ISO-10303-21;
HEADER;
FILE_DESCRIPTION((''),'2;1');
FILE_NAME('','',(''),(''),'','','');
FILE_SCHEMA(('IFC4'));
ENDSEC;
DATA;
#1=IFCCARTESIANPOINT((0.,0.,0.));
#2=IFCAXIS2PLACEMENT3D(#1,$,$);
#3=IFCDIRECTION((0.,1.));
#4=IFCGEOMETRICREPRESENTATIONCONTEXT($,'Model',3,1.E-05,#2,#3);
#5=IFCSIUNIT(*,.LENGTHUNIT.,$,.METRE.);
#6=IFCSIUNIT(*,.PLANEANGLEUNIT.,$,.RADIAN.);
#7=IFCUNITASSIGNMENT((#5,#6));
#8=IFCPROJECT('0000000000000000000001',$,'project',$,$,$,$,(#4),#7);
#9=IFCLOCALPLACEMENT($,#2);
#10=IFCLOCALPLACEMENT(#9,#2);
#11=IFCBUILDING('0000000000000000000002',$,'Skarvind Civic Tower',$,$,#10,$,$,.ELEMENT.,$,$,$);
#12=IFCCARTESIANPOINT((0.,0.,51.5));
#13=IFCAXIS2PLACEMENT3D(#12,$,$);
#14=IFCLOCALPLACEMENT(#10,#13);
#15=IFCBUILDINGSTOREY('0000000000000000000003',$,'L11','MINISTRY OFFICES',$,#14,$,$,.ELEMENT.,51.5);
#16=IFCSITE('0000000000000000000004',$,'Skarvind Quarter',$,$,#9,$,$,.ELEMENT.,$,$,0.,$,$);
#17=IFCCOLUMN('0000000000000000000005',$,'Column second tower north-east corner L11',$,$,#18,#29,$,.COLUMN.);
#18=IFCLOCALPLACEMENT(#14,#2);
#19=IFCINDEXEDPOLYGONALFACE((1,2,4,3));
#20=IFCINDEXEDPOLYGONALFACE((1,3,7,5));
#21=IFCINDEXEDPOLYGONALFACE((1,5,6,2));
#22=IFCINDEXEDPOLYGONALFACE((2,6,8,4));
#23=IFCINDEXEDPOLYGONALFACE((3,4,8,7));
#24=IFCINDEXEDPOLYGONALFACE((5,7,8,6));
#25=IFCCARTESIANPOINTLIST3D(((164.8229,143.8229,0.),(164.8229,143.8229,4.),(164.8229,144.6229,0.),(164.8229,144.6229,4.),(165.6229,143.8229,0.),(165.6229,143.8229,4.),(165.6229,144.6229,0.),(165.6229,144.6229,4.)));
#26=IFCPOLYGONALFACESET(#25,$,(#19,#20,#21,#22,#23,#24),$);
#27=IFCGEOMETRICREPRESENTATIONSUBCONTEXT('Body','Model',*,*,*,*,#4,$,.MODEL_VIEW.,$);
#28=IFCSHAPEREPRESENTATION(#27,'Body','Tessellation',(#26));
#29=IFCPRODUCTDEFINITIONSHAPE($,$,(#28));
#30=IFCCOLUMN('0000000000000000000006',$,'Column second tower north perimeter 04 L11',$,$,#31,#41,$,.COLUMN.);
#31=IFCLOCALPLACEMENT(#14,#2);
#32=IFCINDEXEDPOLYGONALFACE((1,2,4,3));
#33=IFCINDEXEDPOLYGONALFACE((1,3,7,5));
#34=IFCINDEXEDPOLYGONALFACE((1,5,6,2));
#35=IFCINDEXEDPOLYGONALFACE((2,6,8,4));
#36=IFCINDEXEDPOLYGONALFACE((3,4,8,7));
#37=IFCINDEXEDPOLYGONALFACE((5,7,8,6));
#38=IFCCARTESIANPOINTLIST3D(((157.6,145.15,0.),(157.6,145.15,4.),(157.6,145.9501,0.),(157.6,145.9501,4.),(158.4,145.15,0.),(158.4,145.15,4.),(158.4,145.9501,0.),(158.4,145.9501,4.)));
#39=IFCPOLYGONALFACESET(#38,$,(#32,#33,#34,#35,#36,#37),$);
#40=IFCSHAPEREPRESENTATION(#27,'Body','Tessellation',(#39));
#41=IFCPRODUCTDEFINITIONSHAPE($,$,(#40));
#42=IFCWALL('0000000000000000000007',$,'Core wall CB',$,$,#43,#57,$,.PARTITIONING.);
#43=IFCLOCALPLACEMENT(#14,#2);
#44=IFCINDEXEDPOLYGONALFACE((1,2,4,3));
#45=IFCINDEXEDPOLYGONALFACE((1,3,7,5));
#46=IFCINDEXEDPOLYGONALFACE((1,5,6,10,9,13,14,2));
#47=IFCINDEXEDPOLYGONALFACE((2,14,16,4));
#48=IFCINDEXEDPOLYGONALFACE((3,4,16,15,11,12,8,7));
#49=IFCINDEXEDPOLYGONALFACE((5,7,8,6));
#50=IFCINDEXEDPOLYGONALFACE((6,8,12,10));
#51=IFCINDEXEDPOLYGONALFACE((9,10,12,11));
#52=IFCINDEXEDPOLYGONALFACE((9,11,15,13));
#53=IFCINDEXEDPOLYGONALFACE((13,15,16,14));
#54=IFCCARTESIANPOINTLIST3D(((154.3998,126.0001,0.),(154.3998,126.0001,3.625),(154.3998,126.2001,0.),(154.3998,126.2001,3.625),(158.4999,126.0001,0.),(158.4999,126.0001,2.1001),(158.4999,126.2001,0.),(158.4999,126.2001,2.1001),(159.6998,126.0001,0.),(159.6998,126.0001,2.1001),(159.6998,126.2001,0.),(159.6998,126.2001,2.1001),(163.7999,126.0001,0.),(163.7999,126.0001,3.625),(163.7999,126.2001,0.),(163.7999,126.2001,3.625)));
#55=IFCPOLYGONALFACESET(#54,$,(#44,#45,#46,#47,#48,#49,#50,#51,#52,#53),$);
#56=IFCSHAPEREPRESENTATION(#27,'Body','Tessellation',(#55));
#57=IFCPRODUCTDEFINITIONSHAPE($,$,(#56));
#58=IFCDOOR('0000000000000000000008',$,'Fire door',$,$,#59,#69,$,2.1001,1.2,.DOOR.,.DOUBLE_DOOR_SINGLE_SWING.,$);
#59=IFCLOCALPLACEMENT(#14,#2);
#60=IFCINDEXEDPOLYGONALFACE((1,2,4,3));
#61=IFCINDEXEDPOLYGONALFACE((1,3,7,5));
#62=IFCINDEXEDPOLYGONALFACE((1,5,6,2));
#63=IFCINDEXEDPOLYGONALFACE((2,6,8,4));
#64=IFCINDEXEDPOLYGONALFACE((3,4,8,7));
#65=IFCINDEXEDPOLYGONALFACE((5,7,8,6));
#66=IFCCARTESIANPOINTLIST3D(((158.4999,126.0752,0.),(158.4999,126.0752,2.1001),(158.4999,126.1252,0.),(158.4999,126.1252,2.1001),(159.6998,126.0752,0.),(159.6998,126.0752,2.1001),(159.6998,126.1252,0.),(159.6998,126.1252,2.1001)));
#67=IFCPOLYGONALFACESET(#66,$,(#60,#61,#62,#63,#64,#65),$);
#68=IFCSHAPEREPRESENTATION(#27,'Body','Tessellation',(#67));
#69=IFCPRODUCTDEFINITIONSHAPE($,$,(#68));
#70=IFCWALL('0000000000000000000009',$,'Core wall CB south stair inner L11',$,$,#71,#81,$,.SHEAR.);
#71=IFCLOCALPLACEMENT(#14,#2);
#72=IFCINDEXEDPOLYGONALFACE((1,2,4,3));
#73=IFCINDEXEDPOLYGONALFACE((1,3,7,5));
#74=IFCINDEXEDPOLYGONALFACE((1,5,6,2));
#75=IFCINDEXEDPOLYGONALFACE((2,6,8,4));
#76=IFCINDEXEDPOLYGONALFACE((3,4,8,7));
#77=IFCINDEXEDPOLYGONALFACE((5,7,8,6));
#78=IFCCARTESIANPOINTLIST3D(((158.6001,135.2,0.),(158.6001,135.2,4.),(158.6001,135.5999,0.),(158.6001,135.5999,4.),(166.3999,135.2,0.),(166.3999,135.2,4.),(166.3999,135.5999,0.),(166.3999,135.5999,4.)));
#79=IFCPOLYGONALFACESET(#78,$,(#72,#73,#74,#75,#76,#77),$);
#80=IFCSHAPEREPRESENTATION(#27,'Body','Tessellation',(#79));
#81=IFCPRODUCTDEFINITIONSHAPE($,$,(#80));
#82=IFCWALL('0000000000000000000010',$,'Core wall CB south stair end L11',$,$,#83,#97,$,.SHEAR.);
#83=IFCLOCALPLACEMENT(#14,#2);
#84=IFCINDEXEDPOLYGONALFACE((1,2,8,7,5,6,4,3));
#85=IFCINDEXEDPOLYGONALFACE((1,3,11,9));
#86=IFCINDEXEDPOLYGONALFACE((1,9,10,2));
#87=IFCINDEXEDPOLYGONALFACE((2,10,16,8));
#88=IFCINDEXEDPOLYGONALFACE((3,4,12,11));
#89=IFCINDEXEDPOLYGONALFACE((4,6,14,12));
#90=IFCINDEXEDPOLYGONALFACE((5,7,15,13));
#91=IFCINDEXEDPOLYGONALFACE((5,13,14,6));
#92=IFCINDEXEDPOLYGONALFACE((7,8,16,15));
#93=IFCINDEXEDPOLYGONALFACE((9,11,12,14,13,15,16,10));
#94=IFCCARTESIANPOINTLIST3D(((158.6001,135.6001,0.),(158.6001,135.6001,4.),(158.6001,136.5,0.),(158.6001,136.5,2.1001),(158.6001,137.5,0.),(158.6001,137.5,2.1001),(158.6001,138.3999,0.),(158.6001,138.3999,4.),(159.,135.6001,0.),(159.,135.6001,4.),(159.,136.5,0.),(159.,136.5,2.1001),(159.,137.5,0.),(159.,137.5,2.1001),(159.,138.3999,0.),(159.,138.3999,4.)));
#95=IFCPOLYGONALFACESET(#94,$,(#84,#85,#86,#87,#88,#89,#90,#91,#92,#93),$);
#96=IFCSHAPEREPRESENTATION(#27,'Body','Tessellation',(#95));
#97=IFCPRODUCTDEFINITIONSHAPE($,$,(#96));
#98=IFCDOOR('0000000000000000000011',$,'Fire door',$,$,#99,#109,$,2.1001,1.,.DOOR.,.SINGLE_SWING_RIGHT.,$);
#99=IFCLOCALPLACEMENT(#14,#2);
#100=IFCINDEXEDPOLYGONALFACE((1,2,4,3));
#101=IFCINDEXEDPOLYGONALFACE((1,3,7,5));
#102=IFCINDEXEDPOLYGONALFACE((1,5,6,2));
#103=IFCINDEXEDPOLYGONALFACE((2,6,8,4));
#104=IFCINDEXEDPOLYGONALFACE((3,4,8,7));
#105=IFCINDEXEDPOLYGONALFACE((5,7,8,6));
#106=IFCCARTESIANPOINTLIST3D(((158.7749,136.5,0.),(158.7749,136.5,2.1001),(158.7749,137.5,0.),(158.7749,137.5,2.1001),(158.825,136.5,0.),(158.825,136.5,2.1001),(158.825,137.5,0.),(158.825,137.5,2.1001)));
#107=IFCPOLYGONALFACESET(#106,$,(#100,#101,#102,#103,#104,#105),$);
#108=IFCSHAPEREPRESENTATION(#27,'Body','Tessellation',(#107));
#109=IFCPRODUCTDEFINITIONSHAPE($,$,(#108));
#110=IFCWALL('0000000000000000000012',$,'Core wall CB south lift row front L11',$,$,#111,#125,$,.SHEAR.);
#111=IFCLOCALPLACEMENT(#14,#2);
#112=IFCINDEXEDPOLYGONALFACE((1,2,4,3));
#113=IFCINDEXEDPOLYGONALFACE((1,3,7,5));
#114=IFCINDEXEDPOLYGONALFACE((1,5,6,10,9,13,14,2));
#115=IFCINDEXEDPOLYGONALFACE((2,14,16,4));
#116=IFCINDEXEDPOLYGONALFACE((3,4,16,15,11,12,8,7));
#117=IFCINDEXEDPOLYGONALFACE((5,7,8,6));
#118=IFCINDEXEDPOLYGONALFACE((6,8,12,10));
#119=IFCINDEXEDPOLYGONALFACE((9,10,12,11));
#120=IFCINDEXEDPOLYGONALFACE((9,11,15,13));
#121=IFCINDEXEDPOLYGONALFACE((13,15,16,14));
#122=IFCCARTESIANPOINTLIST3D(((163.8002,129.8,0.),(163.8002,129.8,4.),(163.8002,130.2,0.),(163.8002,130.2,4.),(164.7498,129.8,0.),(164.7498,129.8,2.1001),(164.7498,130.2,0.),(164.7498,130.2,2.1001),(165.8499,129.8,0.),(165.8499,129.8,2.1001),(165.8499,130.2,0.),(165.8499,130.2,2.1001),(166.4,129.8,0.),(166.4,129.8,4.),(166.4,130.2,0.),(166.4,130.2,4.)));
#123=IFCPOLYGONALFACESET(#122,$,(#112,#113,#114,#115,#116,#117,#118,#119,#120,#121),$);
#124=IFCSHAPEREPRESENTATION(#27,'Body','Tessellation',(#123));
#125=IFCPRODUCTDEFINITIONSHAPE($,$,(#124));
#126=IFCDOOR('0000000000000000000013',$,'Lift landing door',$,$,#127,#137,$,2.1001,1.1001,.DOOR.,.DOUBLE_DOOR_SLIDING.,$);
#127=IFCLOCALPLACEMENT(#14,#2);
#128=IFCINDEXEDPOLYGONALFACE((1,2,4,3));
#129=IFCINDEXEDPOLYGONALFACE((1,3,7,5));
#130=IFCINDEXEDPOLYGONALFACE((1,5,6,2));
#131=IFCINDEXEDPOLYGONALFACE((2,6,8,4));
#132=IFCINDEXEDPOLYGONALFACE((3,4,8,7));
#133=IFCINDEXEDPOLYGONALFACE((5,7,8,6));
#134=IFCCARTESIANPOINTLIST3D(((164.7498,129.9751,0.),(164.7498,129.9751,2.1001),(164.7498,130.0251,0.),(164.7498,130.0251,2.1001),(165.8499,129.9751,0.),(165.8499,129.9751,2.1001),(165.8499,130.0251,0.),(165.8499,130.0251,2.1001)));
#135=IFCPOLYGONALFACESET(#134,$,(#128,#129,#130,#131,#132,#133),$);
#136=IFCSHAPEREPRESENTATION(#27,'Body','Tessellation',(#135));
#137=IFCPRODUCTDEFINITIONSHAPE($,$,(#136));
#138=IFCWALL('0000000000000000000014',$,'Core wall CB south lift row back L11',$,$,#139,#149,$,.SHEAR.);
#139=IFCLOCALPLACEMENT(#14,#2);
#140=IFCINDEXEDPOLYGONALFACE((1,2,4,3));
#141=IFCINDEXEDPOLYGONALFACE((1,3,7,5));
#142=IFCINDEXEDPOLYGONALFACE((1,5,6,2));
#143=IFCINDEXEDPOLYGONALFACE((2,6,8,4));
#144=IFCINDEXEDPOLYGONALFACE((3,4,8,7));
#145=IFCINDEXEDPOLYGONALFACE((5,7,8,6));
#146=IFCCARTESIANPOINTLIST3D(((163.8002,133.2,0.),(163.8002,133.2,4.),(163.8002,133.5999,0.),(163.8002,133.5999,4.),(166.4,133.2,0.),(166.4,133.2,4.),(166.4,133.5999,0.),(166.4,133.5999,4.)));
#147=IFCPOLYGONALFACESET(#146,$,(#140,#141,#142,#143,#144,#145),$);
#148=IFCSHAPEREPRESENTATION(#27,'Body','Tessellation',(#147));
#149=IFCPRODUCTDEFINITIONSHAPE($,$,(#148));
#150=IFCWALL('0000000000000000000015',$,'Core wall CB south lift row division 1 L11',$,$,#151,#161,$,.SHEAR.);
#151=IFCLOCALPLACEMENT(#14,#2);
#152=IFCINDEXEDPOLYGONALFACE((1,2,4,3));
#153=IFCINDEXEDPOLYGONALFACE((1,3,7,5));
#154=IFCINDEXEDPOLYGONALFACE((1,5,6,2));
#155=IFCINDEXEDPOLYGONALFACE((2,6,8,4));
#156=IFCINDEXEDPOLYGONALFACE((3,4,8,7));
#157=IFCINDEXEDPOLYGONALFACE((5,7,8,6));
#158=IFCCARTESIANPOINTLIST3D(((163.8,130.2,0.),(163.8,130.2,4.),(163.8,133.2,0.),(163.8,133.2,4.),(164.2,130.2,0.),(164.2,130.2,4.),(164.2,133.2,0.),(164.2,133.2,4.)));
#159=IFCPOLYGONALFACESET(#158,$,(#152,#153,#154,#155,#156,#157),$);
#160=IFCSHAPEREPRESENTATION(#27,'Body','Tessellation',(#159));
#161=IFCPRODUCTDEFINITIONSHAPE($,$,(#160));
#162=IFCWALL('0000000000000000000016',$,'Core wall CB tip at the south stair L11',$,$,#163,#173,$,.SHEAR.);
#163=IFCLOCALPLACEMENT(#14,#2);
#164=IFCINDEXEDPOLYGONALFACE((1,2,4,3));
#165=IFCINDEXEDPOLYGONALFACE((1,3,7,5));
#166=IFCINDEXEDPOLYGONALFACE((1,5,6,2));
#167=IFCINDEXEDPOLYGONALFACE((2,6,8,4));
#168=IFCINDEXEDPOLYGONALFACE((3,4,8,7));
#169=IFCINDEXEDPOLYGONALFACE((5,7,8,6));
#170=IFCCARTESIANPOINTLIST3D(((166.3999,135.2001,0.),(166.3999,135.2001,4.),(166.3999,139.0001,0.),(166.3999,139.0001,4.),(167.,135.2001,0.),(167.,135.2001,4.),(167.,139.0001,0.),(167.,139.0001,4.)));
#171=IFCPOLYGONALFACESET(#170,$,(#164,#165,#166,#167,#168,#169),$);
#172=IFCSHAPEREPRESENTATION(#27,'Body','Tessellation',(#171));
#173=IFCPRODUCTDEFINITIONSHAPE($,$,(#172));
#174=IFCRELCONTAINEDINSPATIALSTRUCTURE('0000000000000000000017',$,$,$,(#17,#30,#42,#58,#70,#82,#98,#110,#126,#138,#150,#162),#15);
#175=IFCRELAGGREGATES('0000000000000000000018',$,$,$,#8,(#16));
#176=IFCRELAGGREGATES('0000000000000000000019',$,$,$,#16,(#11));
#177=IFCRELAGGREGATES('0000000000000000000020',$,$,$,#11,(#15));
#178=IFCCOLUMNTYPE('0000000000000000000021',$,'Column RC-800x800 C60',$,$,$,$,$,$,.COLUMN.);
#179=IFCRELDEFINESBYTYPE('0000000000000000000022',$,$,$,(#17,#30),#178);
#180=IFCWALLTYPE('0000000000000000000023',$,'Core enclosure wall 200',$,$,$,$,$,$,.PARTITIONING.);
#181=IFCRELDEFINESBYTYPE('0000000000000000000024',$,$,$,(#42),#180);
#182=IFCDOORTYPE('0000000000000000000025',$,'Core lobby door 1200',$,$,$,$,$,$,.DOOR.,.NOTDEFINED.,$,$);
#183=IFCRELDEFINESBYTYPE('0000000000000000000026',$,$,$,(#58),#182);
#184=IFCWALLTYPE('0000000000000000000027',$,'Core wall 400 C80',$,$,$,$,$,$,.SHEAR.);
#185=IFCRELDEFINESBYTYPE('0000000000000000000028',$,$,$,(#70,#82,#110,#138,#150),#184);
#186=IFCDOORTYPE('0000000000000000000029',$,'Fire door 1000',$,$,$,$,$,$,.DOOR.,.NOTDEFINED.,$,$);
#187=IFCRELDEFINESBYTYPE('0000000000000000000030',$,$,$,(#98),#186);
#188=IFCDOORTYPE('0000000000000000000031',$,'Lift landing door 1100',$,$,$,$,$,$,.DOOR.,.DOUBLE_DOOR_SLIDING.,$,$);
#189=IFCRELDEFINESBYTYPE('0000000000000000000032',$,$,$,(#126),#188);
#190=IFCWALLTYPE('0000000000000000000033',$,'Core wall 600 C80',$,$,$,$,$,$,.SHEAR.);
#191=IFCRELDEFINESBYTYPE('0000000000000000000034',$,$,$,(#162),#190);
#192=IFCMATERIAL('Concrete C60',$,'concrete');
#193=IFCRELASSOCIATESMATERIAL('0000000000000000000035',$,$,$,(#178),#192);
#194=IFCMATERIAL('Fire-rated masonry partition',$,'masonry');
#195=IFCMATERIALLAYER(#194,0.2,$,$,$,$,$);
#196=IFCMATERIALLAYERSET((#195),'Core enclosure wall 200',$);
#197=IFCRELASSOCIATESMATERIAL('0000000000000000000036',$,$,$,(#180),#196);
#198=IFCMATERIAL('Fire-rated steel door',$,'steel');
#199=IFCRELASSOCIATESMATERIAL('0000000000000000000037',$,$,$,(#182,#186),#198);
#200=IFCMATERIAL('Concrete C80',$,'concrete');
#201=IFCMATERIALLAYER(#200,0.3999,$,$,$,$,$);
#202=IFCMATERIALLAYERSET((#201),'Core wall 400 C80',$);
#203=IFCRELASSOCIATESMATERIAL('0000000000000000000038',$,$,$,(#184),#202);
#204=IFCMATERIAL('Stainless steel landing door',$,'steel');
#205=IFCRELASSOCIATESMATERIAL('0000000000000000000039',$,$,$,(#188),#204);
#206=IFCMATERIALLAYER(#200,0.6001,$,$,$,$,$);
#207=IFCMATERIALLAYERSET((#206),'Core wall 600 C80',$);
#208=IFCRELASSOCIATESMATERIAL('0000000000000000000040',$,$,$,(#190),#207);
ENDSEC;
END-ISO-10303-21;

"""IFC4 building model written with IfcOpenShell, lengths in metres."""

from ifc_helpers import new_model, si_unit, direction, frame, frame_2d, origin, origin_2d, place, context, subcontext, project, spatial, rectangle, extrude, material, layer, layer_set, material_profile, profile_set, type_object, element, fill, save


model = new_model("IFC4")

# Units and contexts
model_context = context("Model", 3, precision=1e-05, world=origin(), true_north=direction((0.0, 1.0)))
body_context = subcontext(model_context, "Body", "Model", "MODEL_VIEW")
ifc_project = project(units=[si_unit("LENGTHUNIT", "METRE"), si_unit("PLANEANGLEUNIT", "RADIAN")], contexts=[model_context])

# Site, building, storey
site_placement = place(None, origin())
site = spatial("IfcSite", under=ifc_project, at=site_placement, Name="Skarvind Quarter", CompositionType="ELEMENT", RefElevation=0.0)
building_placement = place(site_placement, origin())
building = spatial("IfcBuilding", under=site, at=building_placement, Name="Skarvind Civic Tower", CompositionType="ELEMENT")
storey_placement = place(building_placement, frame((0.0, 0.0, 51.5)))
storey = spatial("IfcBuildingStorey", under=building, at=storey_placement, Name="L11", Description="MINISTRY OFFICES", CompositionType="ELEMENT", Elevation=51.5)

# Columns
ifc_material_1 = material(Name="Concrete C60", Category="concrete")
ifc_material_profile = material_profile(ifc_material_1, rectangle(XDim=0.8, YDim=0.8, at=origin_2d()), Name="RC-800x800")
ifc_profile_set = profile_set([ifc_material_profile], Name="Concrete C60")
column_type = type_object("IfcColumnType", Name="Column RC-800x800 C60", PredefinedType="COLUMN", material=ifc_profile_set)
for number, where, z_axis, x_axis, name in (
    (1, (165.2229, 144.2229, 0.0), (0.0, 0.0, 1.0), (1.0, 0.0, 0.0), "Column second tower north-east corner L11"),
    (2, (158.0, 145.55, 0.0), (0.0, 0.0, 1.0), (1.0, 0.0, 0.0), "Column second tower north perimeter 04 L11"),
):
    element("IfcColumn", number, at=place(storey_placement, frame(where, z_axis=z_axis, x_axis=x_axis)), inside=storey, type_object=column_type, Name=name, PredefinedType="COLUMN", context=body_context, shape_type="SweptSolid", body=[
        extrude(rectangle(XDim=0.8, YDim=0.8, at=origin_2d()), origin(), (0.0, 0.0, 1.0), 4.0),
    ])

# Wall, opening, door
ifc_material_2 = material(Name="Fire-rated masonry partition", Category="masonry")
ifc_layer_1 = layer(ifc_material_2, 0.2)
ifc_layer_set_1 = layer_set([ifc_layer_1], Name="Core enclosure wall 200")
wall_type_1 = type_object("IfcWallType", Name="Core enclosure wall 200", PredefinedType="PARTITIONING", material=ifc_layer_set_1)
wall_1_placement = place(storey_placement, frame((163.8, 126.1001, 0.0), z_axis=(0.0, 0.0, 1.0), x_axis=(-1.0, 0.0, 0.0)))
wall_1 = element("IfcWall", 3, at=wall_1_placement, inside=storey, type_object=wall_type_1, Name="Core wall CB", PredefinedType="PARTITIONING", context=body_context, shape_type="SweptSolid", body=[
    extrude(rectangle(XDim=9.4001, YDim=0.2, at=frame_2d((4.7002, 0.0))), origin(), (0.0, 0.0, 1.0), 3.625),
])
opening_1_placement = place(wall_1_placement, frame((4.1001, 0.0, 0.0)))
opening_1 = element("IfcOpeningElement", 4, at=opening_1_placement, cuts=wall_1, PredefinedType="OPENING", context=body_context, shape_type="SweptSolid", body=[
    extrude(rectangle(XDim=1.2, YDim=2.1001, at=frame_2d((0.6001, 1.05))), frame((0.0, 0.1099, 0.0), z_axis=(0.0, -1.0, 0.0), x_axis=(1.0, 0.0, 0.0)), (0.0, 0.0, 1.0), 0.22),
])
ifc_material_3 = material(Name="Fire-rated steel door", Category="steel")
door_type_1 = type_object("IfcDoorType", Name="Core lobby door 1200", OperationType="NOTDEFINED", PredefinedType="DOOR", material=ifc_material_3)
door_1_placement = place(opening_1_placement, origin())
door_1 = element("IfcDoor", 5, at=door_1_placement, inside=storey, type_object=door_type_1, Name="Fire door", OperationType="DOUBLE_DOOR_SINGLE_SWING", OverallHeight=2.1001, OverallWidth=1.2, PredefinedType="DOOR", context=body_context, shape_type="SweptSolid", body=[
    extrude(rectangle(XDim=1.2, YDim=2.1001, at=frame_2d((0.6001, 1.05))), frame((0.0, 0.0249, 0.0), z_axis=(0.0, -1.0, 0.0), x_axis=(1.0, 0.0, 0.0)), (0.0, 0.0, 1.0), 0.05),
])
fill(opening_1, door_1)

# Wall
ifc_material_4 = material(Name="Concrete C80", Category="concrete")
ifc_layer_2 = layer(ifc_material_4, 0.3999)
ifc_layer_set_2 = layer_set([ifc_layer_2], Name="Core wall 400 C80")
wall_type_2 = type_object("IfcWallType", Name="Core wall 400 C80", PredefinedType="SHEAR", material=ifc_layer_set_2)
wall_2_placement = place(storey_placement, frame((166.3999, 135.3999, 0.0), z_axis=(0.0, 0.0, 1.0), x_axis=(-1.0, 0.0, 0.0)))
element("IfcWall", 6, at=wall_2_placement, inside=storey, type_object=wall_type_2, Name="Core wall CB south stair inner L11", PredefinedType="SHEAR", context=body_context, shape_type="SweptSolid", body=[
    extrude(rectangle(XDim=7.7998, YDim=0.3999, at=frame_2d((3.8999, 0.0))), origin(), (0.0, 0.0, 1.0), 4.0),
])

# Walls, openings, doors
wall_3_placement = place(storey_placement, frame((158.8, 138.3999, 0.0), z_axis=(0.0, 0.0, 1.0), x_axis=(0.0, -1.0, 0.0)))
wall_3 = element("IfcWall", 7, at=wall_3_placement, inside=storey, type_object=wall_type_2, Name="Core wall CB south stair end L11", PredefinedType="SHEAR", context=body_context, shape_type="SweptSolid", body=[
    extrude(rectangle(XDim=2.7998, YDim=0.3999, at=frame_2d((1.3999, 0.0))), origin(), (0.0, 0.0, 1.0), 4.0),
])
opening_2_placement = place(wall_3_placement, frame((0.8999, 0.0, 0.0)))
opening_2 = element("IfcOpeningElement", 8, at=opening_2_placement, cuts=wall_3, PredefinedType="OPENING", context=body_context, shape_type="SweptSolid", body=[
    extrude(rectangle(XDim=1.0, YDim=2.1001, at=frame_2d((0.5, 1.05))), frame((0.0, 0.21, 0.0), z_axis=(0.0, -1.0, 0.0), x_axis=(1.0, 0.0, 0.0)), (0.0, 0.0, 1.0), 0.4199),
])
door_type_2 = type_object("IfcDoorType", Name="Fire door 1000", OperationType="NOTDEFINED", PredefinedType="DOOR", material=ifc_material_3)
door_2_placement = place(opening_2_placement, origin())
door_2 = element("IfcDoor", 9, at=door_2_placement, inside=storey, type_object=door_type_2, Name="Fire door", OperationType="SINGLE_SWING_RIGHT", OverallHeight=2.1001, OverallWidth=1.0, PredefinedType="DOOR", context=body_context, shape_type="SweptSolid", body=[
    extrude(rectangle(XDim=1.0, YDim=2.1001, at=frame_2d((0.5, 1.05))), frame((0.0, 0.0249, 0.0), z_axis=(0.0, -1.0, 0.0), x_axis=(1.0, 0.0, 0.0)), (0.0, 0.0, 1.0), 0.05),
])
fill(opening_2, door_2)
wall_4_placement = place(storey_placement, frame((166.3999, 130.0, 0.0), z_axis=(0.0, 0.0, 1.0), x_axis=(-1.0, 0.0, 0.0)))
wall_4 = element("IfcWall", 10, at=wall_4_placement, inside=storey, type_object=wall_type_2, Name="Core wall CB south lift row front L11", PredefinedType="SHEAR", context=body_context, shape_type="SweptSolid", body=[
    extrude(rectangle(XDim=2.5999, YDim=0.3999, at=frame_2d((1.2998, 0.0))), origin(), (0.0, 0.0, 1.0), 4.0),
])
opening_3_placement = place(wall_4_placement, frame((0.55, 0.0, 0.0)))
opening_3 = element("IfcOpeningElement", 11, at=opening_3_placement, cuts=wall_4, PredefinedType="OPENING", context=body_context, shape_type="SweptSolid", body=[
    extrude(rectangle(XDim=1.1001, YDim=2.1001, at=frame_2d((0.55, 1.05))), frame((0.0, 0.21, 0.0), z_axis=(0.0, -1.0, 0.0), x_axis=(1.0, 0.0, 0.0)), (0.0, 0.0, 1.0), 0.4199),
])
ifc_material_5 = material(Name="Stainless steel landing door", Category="steel")
door_type_3 = type_object("IfcDoorType", Name="Lift landing door 1100", OperationType="DOUBLE_DOOR_SLIDING", PredefinedType="DOOR", material=ifc_material_5)
door_3_placement = place(opening_3_placement, origin())
door_3 = element("IfcDoor", 12, at=door_3_placement, inside=storey, type_object=door_type_3, Name="Lift landing door", OperationType="DOUBLE_DOOR_SLIDING", OverallHeight=2.1001, OverallWidth=1.1001, PredefinedType="DOOR", context=body_context, shape_type="SweptSolid", body=[
    extrude(rectangle(XDim=1.1001, YDim=2.1001, at=frame_2d((0.55, 1.05))), frame((0.0, 0.0249, 0.0), z_axis=(0.0, -1.0, 0.0), x_axis=(1.0, 0.0, 0.0)), (0.0, 0.0, 1.0), 0.05),
])
fill(opening_3, door_3)

# Walls
wall_5_placement = place(storey_placement, frame((166.3999, 133.3999, 0.0), z_axis=(0.0, 0.0, 1.0), x_axis=(-1.0, 0.0, 0.0)))
element("IfcWall", 13, at=wall_5_placement, inside=storey, type_object=wall_type_2, Name="Core wall CB south lift row back L11", PredefinedType="SHEAR", context=body_context, shape_type="SweptSolid", body=[
    extrude(rectangle(XDim=2.5999, YDim=0.3999, at=frame_2d((1.2998, 0.0))), origin(), (0.0, 0.0, 1.0), 4.0),
])
wall_6_placement = place(storey_placement, frame((164.0, 133.2, 0.0), z_axis=(0.0, 0.0, 1.0), x_axis=(0.0, -1.0, 0.0)))
element("IfcWall", 14, at=wall_6_placement, inside=storey, type_object=wall_type_2, Name="Core wall CB south lift row division 1 L11", PredefinedType="SHEAR", context=body_context, shape_type="SweptSolid", body=[
    extrude(rectangle(XDim=3.0, YDim=0.3999, at=frame_2d((1.5, 0.0))), origin(), (0.0, 0.0, 1.0), 4.0),
])
ifc_layer_3 = layer(ifc_material_4, 0.6001)
ifc_layer_set_3 = layer_set([ifc_layer_3], Name="Core wall 600 C80")
wall_type_3 = type_object("IfcWallType", Name="Core wall 600 C80", PredefinedType="SHEAR", material=ifc_layer_set_3)
wall_7_placement = place(storey_placement, frame((166.7, 139.0, 0.0), z_axis=(0.0, 0.0, 1.0), x_axis=(0.0, -1.0, 0.0)))
element("IfcWall", 15, at=wall_7_placement, inside=storey, type_object=wall_type_3, Name="Core wall CB tip at the south stair L11", PredefinedType="SHEAR", context=body_context, shape_type="SweptSolid", body=[
    extrude(rectangle(XDim=3.8, YDim=0.6001, at=frame_2d((1.8999, 0.0))), origin(), (0.0, 0.0, 1.0), 4.0),
])

save(model, "model.ifc")
